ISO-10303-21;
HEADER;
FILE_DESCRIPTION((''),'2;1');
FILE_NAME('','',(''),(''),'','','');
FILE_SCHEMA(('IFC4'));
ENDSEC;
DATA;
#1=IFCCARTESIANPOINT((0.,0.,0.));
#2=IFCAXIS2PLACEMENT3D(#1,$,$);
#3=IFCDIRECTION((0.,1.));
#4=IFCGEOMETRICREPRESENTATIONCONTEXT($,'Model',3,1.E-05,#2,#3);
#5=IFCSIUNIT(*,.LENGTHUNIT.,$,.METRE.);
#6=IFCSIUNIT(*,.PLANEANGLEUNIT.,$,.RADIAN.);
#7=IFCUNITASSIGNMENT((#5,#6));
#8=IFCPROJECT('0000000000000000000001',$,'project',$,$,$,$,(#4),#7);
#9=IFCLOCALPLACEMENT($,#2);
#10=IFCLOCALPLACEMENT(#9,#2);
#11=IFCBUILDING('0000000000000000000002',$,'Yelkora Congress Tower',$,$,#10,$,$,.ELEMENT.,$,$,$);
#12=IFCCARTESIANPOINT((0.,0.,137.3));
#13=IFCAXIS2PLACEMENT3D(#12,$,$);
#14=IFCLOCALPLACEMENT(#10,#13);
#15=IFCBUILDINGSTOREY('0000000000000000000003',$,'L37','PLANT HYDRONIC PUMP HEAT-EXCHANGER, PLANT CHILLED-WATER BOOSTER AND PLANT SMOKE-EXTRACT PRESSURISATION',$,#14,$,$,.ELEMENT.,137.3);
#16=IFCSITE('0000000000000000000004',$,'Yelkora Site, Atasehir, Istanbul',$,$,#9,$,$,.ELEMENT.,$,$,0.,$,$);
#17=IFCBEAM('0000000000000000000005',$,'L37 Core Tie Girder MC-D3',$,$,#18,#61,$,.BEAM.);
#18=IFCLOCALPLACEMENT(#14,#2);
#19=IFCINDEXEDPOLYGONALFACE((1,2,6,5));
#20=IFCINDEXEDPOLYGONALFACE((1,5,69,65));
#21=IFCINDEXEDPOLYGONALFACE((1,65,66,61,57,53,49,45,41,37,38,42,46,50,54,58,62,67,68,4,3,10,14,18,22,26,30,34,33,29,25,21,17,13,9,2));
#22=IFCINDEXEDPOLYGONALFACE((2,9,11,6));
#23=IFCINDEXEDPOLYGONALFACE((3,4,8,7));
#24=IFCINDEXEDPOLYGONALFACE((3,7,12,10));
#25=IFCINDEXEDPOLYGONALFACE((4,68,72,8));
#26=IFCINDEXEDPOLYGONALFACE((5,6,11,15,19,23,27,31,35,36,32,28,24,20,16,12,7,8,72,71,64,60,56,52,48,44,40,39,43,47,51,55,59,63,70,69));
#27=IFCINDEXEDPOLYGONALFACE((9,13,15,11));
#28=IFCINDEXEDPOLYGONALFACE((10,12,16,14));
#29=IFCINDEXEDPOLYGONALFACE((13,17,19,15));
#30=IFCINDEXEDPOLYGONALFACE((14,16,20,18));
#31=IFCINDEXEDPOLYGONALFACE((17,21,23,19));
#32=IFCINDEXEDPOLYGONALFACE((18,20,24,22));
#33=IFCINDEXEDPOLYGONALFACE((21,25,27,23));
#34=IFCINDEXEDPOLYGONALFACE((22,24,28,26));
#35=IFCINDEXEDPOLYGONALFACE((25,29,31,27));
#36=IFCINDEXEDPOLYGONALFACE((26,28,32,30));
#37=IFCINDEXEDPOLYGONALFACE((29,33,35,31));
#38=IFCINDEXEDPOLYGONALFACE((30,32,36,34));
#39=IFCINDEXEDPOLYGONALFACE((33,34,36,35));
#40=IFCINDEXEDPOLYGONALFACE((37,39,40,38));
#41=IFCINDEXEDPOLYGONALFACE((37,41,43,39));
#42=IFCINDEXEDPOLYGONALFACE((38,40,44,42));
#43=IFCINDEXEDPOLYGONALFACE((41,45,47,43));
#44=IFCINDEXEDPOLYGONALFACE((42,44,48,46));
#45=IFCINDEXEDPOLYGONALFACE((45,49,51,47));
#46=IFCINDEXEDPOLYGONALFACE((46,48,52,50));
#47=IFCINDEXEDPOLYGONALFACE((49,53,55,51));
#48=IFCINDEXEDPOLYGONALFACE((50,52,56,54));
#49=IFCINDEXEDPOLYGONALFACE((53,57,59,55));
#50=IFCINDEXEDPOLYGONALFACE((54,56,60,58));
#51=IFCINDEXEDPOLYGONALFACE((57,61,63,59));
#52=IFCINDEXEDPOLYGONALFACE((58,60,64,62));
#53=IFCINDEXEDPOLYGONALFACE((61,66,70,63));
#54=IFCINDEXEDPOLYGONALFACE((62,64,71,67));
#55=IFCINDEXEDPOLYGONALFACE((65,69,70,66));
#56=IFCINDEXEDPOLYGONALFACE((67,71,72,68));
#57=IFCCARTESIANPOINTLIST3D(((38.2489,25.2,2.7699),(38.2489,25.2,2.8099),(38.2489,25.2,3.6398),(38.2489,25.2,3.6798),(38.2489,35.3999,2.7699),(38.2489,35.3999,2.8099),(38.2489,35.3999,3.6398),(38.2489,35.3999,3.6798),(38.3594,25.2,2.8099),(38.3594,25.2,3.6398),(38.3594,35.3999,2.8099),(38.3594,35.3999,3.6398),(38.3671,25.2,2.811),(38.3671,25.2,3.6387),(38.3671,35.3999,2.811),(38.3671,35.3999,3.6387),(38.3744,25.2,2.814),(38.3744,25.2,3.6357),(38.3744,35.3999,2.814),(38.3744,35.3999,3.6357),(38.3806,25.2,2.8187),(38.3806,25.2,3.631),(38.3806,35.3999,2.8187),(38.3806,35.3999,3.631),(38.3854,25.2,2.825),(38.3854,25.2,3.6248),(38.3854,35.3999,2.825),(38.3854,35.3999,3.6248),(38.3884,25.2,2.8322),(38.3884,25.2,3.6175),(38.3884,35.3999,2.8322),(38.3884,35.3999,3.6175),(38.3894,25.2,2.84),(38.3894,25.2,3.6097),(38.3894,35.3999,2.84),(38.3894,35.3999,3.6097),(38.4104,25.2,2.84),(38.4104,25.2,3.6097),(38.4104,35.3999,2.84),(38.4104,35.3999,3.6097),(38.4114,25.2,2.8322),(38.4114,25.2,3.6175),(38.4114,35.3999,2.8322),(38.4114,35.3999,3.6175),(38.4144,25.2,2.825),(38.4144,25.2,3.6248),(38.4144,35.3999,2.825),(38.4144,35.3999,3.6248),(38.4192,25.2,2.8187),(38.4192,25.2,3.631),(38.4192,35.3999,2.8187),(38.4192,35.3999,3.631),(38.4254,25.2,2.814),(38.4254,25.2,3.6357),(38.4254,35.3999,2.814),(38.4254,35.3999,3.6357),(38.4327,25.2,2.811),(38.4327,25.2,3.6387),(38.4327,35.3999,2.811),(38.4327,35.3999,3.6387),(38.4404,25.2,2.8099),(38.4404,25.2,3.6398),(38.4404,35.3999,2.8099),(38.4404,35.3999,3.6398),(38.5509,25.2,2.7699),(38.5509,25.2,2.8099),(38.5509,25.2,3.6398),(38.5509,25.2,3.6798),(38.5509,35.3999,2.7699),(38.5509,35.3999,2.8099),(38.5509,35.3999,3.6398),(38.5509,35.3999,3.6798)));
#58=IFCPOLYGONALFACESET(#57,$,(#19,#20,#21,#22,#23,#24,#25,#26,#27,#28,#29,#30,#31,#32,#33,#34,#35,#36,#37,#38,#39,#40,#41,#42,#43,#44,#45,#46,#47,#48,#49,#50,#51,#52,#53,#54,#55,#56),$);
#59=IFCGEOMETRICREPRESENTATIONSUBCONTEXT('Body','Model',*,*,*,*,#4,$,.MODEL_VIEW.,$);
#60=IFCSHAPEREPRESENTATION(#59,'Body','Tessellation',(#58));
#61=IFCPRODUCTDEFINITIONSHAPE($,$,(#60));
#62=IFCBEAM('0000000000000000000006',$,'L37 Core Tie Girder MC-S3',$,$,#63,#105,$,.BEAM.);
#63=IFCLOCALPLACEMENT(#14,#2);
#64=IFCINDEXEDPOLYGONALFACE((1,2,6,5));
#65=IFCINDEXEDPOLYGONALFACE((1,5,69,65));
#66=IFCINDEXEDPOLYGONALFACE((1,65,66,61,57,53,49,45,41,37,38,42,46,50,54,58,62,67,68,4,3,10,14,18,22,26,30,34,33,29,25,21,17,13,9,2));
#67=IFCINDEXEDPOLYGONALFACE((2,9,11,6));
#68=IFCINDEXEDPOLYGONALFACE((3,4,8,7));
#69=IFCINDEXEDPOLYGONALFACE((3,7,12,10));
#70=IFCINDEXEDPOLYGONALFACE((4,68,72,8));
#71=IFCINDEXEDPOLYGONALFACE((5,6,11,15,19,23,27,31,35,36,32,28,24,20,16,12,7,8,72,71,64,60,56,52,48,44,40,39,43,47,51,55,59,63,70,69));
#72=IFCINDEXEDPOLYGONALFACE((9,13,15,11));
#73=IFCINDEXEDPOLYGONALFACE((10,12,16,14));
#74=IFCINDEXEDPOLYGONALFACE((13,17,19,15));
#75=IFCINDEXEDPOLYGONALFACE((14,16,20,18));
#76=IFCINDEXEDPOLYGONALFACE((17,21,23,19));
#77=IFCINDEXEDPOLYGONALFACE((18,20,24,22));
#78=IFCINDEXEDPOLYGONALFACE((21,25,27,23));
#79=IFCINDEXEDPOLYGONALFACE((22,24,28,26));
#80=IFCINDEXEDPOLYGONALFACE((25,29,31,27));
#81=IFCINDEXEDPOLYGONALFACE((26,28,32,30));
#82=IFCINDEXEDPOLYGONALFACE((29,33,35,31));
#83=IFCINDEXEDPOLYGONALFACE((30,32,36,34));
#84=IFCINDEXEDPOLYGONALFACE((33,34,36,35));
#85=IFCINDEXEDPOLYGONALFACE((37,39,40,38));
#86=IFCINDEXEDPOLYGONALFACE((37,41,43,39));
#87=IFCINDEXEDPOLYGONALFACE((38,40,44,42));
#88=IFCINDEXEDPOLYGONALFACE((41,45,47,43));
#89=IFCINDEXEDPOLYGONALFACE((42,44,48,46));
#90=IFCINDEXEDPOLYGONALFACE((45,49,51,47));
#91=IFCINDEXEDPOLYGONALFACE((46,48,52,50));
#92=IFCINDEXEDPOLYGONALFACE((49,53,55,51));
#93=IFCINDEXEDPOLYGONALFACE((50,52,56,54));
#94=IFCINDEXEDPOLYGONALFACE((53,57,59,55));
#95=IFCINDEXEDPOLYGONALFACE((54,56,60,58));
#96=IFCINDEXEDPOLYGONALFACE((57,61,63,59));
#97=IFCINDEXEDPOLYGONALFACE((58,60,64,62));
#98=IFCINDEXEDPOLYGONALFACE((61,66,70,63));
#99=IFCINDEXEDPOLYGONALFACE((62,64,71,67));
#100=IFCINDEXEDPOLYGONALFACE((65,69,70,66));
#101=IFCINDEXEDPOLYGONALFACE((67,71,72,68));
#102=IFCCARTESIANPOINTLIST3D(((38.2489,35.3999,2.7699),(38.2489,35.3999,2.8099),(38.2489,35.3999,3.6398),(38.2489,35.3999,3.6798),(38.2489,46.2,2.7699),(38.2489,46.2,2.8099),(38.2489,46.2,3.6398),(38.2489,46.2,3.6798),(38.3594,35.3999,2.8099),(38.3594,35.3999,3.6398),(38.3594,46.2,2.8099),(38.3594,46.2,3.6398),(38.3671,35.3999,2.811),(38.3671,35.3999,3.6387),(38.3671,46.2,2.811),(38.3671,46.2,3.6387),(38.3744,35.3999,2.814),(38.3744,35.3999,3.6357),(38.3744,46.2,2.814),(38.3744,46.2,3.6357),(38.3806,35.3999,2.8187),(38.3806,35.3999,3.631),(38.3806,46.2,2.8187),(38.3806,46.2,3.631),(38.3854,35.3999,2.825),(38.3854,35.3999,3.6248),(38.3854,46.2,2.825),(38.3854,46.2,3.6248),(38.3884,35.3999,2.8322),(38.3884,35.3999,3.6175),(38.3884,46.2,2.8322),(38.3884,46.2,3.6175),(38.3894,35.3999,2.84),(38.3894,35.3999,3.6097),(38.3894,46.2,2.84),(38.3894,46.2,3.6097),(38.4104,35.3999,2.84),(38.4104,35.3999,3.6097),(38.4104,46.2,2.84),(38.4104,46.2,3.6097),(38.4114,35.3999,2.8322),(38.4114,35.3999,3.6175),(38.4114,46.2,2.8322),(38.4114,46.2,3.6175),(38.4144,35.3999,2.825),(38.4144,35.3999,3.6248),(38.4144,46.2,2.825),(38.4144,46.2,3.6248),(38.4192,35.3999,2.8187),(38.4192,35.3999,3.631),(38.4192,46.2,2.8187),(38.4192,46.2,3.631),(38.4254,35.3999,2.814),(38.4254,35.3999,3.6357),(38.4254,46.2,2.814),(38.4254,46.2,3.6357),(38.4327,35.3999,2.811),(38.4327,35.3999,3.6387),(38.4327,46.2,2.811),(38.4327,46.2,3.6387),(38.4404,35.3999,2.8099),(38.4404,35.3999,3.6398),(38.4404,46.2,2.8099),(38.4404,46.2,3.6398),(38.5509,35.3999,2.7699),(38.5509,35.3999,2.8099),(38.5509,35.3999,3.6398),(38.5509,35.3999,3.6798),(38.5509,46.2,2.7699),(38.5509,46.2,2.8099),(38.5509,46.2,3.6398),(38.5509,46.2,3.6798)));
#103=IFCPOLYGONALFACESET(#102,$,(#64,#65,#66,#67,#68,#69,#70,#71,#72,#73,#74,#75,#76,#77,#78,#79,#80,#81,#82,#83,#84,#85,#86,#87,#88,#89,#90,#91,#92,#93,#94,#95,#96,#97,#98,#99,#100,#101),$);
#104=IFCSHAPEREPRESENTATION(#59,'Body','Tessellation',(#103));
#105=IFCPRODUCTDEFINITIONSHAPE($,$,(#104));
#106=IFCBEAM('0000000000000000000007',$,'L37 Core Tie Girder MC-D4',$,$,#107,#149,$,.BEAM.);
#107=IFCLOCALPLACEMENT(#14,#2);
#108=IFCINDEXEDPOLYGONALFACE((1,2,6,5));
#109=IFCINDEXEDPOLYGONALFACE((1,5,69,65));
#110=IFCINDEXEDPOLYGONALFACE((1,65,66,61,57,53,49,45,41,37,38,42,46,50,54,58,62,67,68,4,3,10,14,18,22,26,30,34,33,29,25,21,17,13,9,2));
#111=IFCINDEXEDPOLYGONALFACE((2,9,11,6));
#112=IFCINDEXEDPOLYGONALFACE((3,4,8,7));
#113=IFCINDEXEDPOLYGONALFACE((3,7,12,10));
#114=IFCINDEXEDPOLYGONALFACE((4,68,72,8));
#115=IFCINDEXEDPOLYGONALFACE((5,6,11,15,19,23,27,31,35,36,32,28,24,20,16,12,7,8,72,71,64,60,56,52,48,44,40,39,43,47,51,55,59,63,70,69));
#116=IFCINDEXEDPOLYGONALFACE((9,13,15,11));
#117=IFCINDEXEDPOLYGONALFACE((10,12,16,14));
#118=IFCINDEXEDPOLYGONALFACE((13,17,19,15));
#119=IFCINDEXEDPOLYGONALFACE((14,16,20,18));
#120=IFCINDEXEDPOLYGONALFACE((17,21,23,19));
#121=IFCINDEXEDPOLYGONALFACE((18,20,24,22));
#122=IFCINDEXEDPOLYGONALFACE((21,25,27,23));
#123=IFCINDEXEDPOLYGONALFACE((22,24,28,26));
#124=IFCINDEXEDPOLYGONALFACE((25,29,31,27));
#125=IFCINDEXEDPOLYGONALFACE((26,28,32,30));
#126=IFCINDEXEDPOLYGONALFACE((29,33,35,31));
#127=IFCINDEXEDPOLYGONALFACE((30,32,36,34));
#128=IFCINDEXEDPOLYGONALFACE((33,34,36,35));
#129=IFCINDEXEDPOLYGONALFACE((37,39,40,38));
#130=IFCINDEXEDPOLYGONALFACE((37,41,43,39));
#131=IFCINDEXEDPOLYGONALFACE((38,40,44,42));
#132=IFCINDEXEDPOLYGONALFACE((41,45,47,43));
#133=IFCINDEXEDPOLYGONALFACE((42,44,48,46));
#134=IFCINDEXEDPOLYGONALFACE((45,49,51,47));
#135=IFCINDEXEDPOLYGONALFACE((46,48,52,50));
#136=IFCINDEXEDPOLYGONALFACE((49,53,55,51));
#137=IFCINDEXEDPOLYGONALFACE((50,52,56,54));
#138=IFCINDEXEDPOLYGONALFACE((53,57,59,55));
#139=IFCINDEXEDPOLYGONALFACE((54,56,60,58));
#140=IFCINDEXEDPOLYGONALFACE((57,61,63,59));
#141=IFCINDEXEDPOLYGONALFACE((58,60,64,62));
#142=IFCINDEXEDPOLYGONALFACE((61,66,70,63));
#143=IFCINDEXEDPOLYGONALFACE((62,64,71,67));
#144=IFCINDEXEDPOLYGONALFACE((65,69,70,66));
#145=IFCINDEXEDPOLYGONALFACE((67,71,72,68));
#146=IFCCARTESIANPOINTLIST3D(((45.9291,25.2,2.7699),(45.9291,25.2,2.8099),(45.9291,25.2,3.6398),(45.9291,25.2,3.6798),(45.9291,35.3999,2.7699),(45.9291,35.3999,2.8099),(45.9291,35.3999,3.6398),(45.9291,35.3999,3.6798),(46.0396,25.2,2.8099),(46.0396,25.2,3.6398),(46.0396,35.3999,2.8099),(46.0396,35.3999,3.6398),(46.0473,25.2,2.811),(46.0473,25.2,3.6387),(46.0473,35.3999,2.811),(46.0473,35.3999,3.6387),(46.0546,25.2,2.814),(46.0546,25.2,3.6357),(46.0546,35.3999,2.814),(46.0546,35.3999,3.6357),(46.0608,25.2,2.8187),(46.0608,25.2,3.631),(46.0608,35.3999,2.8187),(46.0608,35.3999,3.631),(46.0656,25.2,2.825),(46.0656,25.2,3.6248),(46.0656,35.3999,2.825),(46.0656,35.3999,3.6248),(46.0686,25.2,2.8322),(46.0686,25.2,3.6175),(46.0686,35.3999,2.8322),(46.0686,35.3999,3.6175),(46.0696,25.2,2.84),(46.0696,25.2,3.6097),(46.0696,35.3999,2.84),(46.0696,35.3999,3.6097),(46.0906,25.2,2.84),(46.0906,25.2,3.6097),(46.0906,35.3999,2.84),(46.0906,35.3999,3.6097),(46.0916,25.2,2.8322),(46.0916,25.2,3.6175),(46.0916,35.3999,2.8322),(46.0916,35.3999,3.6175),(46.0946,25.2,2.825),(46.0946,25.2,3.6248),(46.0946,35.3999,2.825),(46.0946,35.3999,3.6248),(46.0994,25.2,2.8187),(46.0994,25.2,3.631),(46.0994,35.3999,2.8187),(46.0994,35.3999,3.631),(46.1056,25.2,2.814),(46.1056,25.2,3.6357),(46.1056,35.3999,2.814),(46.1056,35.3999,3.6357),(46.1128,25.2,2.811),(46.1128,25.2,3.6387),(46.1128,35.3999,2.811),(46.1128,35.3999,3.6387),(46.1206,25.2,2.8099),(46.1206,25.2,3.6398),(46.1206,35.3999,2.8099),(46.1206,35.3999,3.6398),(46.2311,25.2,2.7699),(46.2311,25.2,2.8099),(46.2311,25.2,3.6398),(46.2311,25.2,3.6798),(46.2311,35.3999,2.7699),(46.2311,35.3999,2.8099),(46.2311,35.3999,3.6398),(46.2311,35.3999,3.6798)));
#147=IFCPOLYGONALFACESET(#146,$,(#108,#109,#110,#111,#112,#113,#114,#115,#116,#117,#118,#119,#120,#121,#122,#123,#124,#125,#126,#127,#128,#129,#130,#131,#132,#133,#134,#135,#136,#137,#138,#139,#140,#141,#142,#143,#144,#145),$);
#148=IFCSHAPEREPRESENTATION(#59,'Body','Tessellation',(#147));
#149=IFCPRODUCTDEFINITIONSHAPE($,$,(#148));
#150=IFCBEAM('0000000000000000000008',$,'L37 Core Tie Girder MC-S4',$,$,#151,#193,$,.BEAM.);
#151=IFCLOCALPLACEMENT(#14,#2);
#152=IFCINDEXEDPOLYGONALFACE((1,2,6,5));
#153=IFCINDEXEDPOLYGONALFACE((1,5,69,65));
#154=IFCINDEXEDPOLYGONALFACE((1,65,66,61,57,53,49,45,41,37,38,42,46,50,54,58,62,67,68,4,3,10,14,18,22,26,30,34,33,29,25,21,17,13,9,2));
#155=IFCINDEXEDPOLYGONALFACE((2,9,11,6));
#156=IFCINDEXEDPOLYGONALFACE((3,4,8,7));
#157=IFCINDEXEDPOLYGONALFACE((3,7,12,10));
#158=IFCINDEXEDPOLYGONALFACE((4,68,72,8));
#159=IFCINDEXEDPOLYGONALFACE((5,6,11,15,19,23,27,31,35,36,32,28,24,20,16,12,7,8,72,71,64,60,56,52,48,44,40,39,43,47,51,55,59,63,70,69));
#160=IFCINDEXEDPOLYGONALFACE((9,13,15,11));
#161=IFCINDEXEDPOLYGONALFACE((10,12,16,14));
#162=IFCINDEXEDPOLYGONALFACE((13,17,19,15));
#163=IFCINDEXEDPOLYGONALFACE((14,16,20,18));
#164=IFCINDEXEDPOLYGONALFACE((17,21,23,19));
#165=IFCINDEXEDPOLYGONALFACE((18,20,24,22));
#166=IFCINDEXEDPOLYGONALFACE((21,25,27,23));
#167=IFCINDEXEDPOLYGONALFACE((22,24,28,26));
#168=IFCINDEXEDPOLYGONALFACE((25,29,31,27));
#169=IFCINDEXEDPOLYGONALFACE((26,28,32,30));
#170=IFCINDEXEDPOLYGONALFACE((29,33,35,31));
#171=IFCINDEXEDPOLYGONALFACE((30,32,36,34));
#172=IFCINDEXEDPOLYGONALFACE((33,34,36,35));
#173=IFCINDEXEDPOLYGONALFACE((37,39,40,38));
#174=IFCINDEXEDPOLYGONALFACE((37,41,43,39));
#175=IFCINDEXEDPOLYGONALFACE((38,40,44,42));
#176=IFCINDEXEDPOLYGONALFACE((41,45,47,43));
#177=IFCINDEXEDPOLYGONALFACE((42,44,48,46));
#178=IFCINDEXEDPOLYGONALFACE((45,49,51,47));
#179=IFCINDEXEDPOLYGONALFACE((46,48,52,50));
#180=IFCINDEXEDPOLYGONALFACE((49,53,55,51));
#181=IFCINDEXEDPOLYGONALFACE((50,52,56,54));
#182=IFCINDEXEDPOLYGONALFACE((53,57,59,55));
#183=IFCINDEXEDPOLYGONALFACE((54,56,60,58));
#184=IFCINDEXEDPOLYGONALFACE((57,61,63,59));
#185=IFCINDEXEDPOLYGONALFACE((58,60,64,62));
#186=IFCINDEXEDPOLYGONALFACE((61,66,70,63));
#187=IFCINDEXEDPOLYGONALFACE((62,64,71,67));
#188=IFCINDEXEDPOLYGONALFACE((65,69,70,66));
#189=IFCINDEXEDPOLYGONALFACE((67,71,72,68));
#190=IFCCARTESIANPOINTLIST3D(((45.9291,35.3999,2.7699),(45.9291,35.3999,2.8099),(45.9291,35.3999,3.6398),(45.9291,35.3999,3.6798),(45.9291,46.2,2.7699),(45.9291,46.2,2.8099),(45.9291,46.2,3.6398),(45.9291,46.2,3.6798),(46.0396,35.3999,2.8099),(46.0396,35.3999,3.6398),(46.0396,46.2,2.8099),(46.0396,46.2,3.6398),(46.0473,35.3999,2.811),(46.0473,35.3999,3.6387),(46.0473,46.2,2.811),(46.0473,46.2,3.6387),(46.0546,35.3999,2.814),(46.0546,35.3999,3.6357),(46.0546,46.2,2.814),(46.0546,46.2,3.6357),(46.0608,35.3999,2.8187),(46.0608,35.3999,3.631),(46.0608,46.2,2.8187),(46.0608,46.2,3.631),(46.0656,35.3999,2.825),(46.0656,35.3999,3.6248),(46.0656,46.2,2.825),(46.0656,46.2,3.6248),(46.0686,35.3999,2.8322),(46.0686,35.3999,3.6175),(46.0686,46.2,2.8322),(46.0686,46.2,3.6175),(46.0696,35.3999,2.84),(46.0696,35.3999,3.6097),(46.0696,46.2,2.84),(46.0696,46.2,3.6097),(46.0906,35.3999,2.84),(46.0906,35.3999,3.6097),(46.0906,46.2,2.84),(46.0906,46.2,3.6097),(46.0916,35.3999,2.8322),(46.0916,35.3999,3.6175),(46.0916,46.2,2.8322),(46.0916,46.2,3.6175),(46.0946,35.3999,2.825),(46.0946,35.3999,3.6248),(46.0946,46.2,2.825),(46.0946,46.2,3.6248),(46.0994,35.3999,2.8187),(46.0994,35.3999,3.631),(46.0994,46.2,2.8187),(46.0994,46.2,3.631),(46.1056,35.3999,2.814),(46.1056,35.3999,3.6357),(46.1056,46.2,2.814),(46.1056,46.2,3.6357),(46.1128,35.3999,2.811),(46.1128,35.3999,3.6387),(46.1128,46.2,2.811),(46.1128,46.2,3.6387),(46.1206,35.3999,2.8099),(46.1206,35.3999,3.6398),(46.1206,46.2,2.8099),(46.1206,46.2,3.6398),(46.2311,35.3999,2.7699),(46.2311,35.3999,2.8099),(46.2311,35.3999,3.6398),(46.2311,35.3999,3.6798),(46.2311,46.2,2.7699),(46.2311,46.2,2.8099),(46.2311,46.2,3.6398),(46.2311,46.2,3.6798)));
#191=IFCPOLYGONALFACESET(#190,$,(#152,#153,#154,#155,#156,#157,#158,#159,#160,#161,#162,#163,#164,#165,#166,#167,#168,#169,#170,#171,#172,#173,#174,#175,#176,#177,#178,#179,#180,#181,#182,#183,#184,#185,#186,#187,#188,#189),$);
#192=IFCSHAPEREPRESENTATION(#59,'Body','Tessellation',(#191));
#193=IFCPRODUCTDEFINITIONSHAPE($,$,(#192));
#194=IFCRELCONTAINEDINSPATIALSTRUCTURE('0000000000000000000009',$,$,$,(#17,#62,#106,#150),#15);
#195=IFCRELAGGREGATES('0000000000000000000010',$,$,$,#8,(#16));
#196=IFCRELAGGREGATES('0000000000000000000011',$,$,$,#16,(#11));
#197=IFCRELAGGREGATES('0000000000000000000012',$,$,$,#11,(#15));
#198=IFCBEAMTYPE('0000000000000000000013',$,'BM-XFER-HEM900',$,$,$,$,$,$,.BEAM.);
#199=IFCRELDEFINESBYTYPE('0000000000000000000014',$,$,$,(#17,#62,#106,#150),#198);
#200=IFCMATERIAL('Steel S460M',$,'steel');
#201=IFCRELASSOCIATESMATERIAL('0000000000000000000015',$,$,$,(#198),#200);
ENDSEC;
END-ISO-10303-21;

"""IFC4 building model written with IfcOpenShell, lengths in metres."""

from ifc_helpers import new_model, si_unit, direction, frame, origin, origin_2d, place, context, subcontext, project, spatial, i_section, extrude, material, material_profile, profile_set, type_object, element, save


model = new_model("IFC4")

# Units and contexts
model_context = context("Model", 3, precision=1e-05, world=origin(), true_north=direction((0.0, 1.0)))
body_context = subcontext(model_context, "Body", "Model", "MODEL_VIEW")
ifc_project = project(units=[si_unit("LENGTHUNIT", "METRE"), si_unit("PLANEANGLEUNIT", "RADIAN")], contexts=[model_context])

# Site, building, storey
site_placement = place(None, origin())
site = spatial("IfcSite", under=ifc_project, at=site_placement, Name="Yelkora Site, Atasehir, Istanbul", CompositionType="ELEMENT", RefElevation=0.0)
building_placement = place(site_placement, origin())
building = spatial("IfcBuilding", under=site, at=building_placement, Name="Yelkora Congress Tower", CompositionType="ELEMENT")
storey_placement = place(building_placement, frame((0.0, 0.0, 137.3)))
storey = spatial("IfcBuildingStorey", under=building, at=storey_placement, Name="L37", Description="PLANT HYDRONIC PUMP HEAT-EXCHANGER, PLANT CHILLED-WATER BOOSTER AND PLANT SMOKE-EXTRACT PRESSURISATION", CompositionType="ELEMENT", Elevation=137.3)

# Shared definitions
ifc_material_1 = material(Name="Steel S460M", Category="steel")

# Beams
ifc_material_profile_1 = material_profile(ifc_material_1, i_section(OverallWidth=0.302, OverallDepth=0.9099, WebThickness=0.021, FlangeThickness=0.04, FilletRadius=0.03, at=origin_2d()), Name="HEM 900")
ifc_profile_set_1 = profile_set([ifc_material_profile_1], Name="Steel S460M")
beam_type = type_object("IfcBeamType", Name="BM-XFER-HEM900", PredefinedType="BEAM", material=ifc_profile_set_1)
beam_1_placement = place(storey_placement, frame((38.3999, 25.2, 3.2249), z_axis=(0.0, 1.0, 0.0), x_axis=(-1.0, 0.0, 0.0)))
element("IfcBeam", 1, at=beam_1_placement, inside=storey, type_object=beam_type, Name="L37 Core Tie Girder MC-D3", PredefinedType="BEAM", context=body_context, shape_type="SweptSolid", body=[
    extrude(i_section(OverallWidth=0.302, OverallDepth=0.9099, WebThickness=0.021, FlangeThickness=0.04, FilletRadius=0.03, at=origin_2d()), origin(), (0.0, 0.0, 1.0), 10.2),
])
beam_2_placement = place(storey_placement, frame((38.3999, 35.3999, 3.2249), z_axis=(0.0, 1.0, 0.0), x_axis=(-1.0, 0.0, 0.0)))
element("IfcBeam", 2, at=beam_2_placement, inside=storey, type_object=beam_type, Name="L37 Core Tie Girder MC-S3", PredefinedType="BEAM", context=body_context, shape_type="SweptSolid", body=[
    extrude(i_section(OverallWidth=0.302, OverallDepth=0.9099, WebThickness=0.021, FlangeThickness=0.04, FilletRadius=0.03, at=origin_2d()), origin(), (0.0, 0.0, 1.0), 10.8),
])
beam_3_placement = place(storey_placement, frame((46.0801, 25.2, 3.2249), z_axis=(0.0, 1.0, 0.0), x_axis=(-1.0, 0.0, 0.0)))
element("IfcBeam", 3, at=beam_3_placement, inside=storey, type_object=beam_type, Name="L37 Core Tie Girder MC-D4", PredefinedType="BEAM", context=body_context, shape_type="SweptSolid", body=[
    extrude(i_section(OverallWidth=0.302, OverallDepth=0.9099, WebThickness=0.021, FlangeThickness=0.04, FilletRadius=0.03, at=origin_2d()), origin(), (0.0, 0.0, 1.0), 10.2),
])
beam_4_placement = place(storey_placement, frame((46.0801, 35.3999, 3.2249), z_axis=(0.0, 1.0, 0.0), x_axis=(-1.0, 0.0, 0.0)))
element("IfcBeam", 4, at=beam_4_placement, inside=storey, type_object=beam_type, Name="L37 Core Tie Girder MC-S4", PredefinedType="BEAM", context=body_context, shape_type="SweptSolid", body=[
    extrude(i_section(OverallWidth=0.302, OverallDepth=0.9099, WebThickness=0.021, FlangeThickness=0.04, FilletRadius=0.03, at=origin_2d()), origin(), (0.0, 0.0, 1.0), 10.8),
])

save(model, "model.ifc")
